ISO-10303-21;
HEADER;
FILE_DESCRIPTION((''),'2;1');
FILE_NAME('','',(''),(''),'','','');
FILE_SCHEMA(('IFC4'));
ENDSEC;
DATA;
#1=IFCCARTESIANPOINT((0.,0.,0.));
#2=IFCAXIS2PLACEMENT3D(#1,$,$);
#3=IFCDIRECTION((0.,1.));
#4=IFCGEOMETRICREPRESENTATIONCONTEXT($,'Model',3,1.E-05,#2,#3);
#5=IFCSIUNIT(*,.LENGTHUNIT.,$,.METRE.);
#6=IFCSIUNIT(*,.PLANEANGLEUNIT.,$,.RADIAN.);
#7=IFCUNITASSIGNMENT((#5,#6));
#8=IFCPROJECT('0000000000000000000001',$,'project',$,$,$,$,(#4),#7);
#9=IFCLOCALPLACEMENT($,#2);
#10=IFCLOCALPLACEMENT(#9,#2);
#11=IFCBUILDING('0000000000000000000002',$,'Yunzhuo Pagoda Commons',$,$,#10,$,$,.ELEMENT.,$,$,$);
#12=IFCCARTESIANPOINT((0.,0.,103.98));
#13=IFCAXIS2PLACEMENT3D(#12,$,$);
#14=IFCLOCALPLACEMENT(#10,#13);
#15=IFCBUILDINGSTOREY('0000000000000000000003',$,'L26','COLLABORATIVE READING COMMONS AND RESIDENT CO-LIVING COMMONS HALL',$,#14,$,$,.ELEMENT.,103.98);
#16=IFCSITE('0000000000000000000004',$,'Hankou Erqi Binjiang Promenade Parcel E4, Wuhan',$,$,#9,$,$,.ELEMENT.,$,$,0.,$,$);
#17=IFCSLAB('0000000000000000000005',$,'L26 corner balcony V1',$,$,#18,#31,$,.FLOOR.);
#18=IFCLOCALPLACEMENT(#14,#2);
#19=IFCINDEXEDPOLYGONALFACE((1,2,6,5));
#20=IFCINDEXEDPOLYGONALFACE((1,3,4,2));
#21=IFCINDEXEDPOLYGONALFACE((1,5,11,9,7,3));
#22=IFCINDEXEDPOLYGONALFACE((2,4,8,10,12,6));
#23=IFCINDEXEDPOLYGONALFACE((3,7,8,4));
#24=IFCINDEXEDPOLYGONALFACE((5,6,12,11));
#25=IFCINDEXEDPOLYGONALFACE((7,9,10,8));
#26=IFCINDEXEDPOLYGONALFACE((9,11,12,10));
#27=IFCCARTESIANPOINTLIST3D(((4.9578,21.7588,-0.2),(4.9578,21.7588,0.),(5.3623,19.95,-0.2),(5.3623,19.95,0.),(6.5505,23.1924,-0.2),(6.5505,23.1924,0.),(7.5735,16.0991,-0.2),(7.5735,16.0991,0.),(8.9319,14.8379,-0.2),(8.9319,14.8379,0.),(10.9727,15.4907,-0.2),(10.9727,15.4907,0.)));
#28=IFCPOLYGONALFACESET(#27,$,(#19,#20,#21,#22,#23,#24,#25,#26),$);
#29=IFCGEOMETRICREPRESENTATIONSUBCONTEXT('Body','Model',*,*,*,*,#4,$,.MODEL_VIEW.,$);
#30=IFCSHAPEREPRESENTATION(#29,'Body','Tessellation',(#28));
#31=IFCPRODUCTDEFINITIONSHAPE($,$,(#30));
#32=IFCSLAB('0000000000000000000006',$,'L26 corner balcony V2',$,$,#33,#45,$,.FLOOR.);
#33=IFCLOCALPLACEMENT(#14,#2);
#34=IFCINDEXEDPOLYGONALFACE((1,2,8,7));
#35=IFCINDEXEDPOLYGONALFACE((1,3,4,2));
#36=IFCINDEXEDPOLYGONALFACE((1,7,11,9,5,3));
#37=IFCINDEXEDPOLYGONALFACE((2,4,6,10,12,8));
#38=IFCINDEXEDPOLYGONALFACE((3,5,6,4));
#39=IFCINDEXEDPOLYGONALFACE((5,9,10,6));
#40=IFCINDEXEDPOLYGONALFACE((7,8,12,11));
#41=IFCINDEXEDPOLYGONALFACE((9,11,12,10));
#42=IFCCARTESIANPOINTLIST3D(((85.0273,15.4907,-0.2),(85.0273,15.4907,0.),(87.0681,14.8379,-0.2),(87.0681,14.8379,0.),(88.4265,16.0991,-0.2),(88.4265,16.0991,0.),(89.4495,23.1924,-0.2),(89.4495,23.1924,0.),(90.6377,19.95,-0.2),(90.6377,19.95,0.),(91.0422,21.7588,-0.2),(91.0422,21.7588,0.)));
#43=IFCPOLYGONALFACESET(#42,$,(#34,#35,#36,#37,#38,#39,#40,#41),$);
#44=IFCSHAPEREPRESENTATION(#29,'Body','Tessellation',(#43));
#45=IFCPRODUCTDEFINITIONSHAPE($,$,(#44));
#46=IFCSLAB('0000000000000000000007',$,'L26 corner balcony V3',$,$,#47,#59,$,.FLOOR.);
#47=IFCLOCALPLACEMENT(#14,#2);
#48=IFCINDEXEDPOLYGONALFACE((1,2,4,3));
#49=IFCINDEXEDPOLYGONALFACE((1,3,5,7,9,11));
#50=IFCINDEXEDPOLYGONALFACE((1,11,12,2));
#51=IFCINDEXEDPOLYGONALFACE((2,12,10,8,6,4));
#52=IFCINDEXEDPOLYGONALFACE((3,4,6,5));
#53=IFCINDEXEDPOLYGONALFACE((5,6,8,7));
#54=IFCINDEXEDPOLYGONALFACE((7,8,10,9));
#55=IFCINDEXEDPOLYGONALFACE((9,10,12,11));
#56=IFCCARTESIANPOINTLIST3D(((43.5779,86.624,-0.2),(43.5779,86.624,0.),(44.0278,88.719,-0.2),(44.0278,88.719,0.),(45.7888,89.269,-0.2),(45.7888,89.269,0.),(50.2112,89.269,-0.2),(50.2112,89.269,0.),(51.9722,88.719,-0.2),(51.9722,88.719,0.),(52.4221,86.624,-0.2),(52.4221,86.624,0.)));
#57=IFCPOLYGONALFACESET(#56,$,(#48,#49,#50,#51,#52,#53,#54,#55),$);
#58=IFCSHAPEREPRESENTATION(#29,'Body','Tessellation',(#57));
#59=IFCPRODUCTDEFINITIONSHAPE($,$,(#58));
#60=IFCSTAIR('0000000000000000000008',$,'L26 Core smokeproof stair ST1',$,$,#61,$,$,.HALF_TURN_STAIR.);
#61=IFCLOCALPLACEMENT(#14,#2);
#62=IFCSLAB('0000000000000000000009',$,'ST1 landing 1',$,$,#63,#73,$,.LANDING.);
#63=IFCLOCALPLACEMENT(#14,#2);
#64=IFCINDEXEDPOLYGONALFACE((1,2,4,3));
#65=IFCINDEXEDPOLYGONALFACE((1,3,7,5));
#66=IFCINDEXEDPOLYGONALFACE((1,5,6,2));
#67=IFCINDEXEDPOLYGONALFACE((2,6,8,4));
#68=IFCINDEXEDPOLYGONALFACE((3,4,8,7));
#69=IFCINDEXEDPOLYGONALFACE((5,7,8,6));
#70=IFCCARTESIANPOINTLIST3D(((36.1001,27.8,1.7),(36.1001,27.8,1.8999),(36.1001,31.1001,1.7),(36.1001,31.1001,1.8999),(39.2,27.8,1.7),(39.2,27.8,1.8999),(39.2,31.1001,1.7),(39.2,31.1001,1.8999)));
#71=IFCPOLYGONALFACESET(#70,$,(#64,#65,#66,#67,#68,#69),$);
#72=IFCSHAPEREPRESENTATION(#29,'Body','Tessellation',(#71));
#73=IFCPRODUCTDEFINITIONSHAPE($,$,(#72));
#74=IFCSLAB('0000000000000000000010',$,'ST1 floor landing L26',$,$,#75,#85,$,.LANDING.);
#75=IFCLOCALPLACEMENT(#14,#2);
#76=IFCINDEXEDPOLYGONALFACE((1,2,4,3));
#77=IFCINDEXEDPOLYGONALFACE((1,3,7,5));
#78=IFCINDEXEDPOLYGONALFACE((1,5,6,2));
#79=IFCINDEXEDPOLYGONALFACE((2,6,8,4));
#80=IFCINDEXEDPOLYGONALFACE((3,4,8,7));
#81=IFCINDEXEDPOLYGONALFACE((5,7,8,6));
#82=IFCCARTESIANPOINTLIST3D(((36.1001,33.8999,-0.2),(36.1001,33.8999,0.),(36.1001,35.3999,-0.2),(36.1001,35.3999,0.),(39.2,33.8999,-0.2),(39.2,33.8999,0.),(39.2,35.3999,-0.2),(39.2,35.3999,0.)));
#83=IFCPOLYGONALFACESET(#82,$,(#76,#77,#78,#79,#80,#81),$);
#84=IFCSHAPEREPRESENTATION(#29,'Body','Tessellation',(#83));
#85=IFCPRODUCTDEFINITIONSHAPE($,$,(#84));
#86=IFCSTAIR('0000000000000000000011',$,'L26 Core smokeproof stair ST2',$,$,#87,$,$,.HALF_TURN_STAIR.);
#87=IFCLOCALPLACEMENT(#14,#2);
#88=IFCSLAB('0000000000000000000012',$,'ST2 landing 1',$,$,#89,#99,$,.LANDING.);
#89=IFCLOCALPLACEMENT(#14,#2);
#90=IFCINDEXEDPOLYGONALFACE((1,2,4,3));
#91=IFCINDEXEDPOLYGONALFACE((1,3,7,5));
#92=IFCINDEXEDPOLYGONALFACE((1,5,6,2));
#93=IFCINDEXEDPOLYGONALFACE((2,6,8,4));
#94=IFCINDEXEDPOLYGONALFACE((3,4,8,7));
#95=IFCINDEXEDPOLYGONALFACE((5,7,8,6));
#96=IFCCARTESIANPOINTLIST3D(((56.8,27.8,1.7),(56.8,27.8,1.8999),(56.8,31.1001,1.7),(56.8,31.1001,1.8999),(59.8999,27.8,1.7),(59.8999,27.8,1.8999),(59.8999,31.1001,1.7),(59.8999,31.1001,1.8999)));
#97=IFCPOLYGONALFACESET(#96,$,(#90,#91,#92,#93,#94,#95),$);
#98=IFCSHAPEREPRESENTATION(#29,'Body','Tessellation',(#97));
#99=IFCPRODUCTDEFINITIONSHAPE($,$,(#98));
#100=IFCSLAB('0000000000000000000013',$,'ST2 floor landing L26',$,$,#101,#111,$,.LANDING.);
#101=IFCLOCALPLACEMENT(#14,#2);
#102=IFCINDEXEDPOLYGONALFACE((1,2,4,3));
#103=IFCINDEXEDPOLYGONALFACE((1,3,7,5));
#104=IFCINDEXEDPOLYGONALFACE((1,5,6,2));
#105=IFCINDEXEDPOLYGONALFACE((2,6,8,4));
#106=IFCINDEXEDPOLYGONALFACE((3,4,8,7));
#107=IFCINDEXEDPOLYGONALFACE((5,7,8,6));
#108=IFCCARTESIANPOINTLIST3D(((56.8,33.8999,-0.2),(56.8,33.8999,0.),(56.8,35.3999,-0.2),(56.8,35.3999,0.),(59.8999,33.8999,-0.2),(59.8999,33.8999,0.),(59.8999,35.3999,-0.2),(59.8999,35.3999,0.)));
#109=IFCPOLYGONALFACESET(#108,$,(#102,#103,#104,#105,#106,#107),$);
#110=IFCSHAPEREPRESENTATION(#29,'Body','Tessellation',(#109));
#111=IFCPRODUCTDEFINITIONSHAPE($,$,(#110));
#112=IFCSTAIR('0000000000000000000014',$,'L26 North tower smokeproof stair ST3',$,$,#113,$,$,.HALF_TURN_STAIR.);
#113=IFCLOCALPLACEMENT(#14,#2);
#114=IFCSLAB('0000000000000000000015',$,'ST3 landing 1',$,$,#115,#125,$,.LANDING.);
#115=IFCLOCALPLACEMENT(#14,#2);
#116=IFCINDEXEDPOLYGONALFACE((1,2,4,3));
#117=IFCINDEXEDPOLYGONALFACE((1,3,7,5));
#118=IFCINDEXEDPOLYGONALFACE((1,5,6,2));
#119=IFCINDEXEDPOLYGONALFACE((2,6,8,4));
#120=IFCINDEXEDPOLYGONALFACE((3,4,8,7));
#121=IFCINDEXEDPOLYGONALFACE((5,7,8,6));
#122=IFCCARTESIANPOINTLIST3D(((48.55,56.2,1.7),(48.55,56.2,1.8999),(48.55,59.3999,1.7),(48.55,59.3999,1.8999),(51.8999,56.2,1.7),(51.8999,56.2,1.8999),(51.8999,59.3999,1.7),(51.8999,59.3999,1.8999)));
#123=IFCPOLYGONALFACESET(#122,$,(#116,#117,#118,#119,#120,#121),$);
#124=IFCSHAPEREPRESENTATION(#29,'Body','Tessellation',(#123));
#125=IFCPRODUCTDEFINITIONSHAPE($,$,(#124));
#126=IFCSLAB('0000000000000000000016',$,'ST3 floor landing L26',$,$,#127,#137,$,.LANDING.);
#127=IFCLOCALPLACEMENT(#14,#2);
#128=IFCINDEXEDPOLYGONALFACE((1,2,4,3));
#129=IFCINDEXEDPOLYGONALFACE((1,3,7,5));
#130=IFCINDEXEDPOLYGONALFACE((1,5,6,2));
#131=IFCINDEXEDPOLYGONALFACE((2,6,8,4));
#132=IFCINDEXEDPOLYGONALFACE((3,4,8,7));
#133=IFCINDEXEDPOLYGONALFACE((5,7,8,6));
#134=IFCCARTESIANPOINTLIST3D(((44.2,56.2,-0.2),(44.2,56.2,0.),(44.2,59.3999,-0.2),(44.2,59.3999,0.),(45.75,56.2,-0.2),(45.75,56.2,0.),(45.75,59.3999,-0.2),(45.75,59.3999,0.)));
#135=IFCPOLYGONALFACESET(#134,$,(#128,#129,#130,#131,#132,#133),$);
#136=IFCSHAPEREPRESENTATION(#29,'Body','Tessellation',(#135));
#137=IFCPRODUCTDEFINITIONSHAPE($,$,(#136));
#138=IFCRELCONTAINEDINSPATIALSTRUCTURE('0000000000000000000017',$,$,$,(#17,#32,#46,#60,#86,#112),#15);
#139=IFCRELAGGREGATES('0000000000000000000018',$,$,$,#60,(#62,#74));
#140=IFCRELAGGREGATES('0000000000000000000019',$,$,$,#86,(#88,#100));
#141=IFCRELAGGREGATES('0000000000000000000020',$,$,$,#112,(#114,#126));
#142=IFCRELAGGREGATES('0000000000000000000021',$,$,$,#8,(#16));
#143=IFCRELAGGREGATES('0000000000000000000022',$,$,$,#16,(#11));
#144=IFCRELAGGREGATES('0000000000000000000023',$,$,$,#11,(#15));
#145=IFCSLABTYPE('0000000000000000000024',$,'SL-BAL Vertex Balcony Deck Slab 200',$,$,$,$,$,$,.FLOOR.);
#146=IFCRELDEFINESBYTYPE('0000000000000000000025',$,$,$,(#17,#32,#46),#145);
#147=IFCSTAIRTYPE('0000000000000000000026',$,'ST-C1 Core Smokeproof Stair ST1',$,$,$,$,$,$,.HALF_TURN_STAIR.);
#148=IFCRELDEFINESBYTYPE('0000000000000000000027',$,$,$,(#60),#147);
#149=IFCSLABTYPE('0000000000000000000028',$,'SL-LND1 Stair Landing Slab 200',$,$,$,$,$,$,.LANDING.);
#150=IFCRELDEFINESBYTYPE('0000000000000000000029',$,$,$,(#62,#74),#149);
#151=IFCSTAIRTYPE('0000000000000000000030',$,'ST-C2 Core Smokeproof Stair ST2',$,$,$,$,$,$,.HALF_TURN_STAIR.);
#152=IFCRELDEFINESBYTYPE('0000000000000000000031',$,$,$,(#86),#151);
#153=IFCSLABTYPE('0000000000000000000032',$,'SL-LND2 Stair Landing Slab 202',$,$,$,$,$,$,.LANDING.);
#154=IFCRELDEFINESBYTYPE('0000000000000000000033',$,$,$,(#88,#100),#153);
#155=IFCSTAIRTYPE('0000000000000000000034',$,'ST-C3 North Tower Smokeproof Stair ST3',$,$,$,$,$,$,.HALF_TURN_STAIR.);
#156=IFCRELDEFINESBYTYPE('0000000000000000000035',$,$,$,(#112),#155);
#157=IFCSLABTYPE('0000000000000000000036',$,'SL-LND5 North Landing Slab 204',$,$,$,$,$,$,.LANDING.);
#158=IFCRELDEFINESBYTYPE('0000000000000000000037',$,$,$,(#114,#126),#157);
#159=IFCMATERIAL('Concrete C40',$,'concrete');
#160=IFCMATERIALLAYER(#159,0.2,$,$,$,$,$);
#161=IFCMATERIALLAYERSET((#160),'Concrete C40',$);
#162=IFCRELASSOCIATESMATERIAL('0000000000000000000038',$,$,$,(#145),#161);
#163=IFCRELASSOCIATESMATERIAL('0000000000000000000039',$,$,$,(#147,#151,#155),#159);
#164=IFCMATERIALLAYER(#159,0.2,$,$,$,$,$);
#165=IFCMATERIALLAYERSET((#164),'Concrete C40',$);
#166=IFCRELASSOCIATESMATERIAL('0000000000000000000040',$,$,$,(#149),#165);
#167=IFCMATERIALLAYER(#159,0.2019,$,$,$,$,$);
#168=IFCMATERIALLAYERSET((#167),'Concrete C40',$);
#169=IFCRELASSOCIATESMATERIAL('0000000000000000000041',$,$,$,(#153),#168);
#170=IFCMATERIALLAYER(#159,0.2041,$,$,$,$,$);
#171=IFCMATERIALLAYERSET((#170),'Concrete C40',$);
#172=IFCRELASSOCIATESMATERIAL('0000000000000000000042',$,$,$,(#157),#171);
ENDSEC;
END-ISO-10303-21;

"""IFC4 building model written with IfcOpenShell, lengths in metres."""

from ifc_helpers import new_model, si_unit, direction, frame, origin, place, context, subcontext, project, spatial, polyline, outline, extrude, material, layer, layer_set, type_object, element, aggregate, save


model = new_model("IFC4")

# Units and contexts
model_context = context("Model", 3, precision=1e-05, world=origin(), true_north=direction((0.0, 1.0)))
body_context = subcontext(model_context, "Body", "Model", "MODEL_VIEW")
ifc_project = project(units=[si_unit("LENGTHUNIT", "METRE"), si_unit("PLANEANGLEUNIT", "RADIAN")], contexts=[model_context])

# Site, building, storey
site_placement = place(None, origin())
site = spatial("IfcSite", under=ifc_project, at=site_placement, Name="Hankou Erqi Binjiang Promenade Parcel E4, Wuhan", CompositionType="ELEMENT", RefElevation=0.0)
building_placement = place(site_placement, origin())
building = spatial("IfcBuilding", under=site, at=building_placement, Name="Yunzhuo Pagoda Commons", CompositionType="ELEMENT")
storey_placement = place(building_placement, frame((0.0, 0.0, 103.98)))
storey = spatial("IfcBuildingStorey", under=building, at=storey_placement, Name="L26", Description="COLLABORATIVE READING COMMONS AND RESIDENT CO-LIVING COMMONS HALL", CompositionType="ELEMENT", Elevation=103.98)

# Slabs
ifc_material_1 = material(Name="Concrete C40", Category="concrete")
ifc_layer_1 = layer(ifc_material_1, 0.2)
ifc_layer_set_1 = layer_set([ifc_layer_1], Name="Concrete C40")
slab_type_1 = type_object("IfcSlabType", Name="SL-BAL Vertex Balcony Deck Slab 200", PredefinedType="FLOOR", material=ifc_layer_set_1)
slab_1_placement = place(storey_placement, frame((0.0, 0.0, -0.2)))
element("IfcSlab", 1, at=slab_1_placement, inside=storey, type_object=slab_type_1, Name="L26 corner balcony V1", PredefinedType="FLOOR", context=body_context, shape_type="SweptSolid", body=[
    extrude(outline(polyline([(6.5505, 23.1924), (10.9727, 15.4907), (8.9319, 14.8379), (7.5735, 16.0991), (5.3623, 19.95), (4.9578, 21.7588), (6.5505, 23.1924)])), origin(), (0.0, 0.0, 1.0), 0.2),
])
slab_2_placement = place(storey_placement, frame((0.0, 0.0, -0.2)))
element("IfcSlab", 2, at=slab_2_placement, inside=storey, type_object=slab_type_1, Name="L26 corner balcony V2", PredefinedType="FLOOR", context=body_context, shape_type="SweptSolid", body=[
    extrude(outline(polyline([(85.0273, 15.4907), (89.4495, 23.1924), (91.0422, 21.7588), (90.6377, 19.95), (88.4265, 16.0991), (87.0681, 14.8379), (85.0273, 15.4907)])), origin(), (0.0, 0.0, 1.0), 0.2),
])
slab_3_placement = place(storey_placement, frame((0.0, 0.0, -0.2)))
element("IfcSlab", 3, at=slab_3_placement, inside=storey, type_object=slab_type_1, Name="L26 corner balcony V3", PredefinedType="FLOOR", context=body_context, shape_type="SweptSolid", body=[
    extrude(outline(polyline([(52.4221, 86.624), (43.5779, 86.624), (44.0278, 88.719), (45.7888, 89.269), (50.2112, 89.269), (51.9722, 88.719), (52.4221, 86.624)])), origin(), (0.0, 0.0, 1.0), 0.2),
])

# Stairs, slabs
stair_type_1 = type_object("IfcStairType", Name="ST-C1 Core Smokeproof Stair ST1", PredefinedType="HALF_TURN_STAIR", material=ifc_material_1)
stair_1_placement = place(storey_placement, origin())
stair_1 = element("IfcStair", 4, at=stair_1_placement, inside=storey, type_object=stair_type_1, Name="L26 Core smokeproof stair ST1", PredefinedType="HALF_TURN_STAIR")
ifc_layer_2 = layer(ifc_material_1, 0.2)
ifc_layer_set_2 = layer_set([ifc_layer_2], Name="Concrete C40")
slab_type_2 = type_object("IfcSlabType", Name="SL-LND1 Stair Landing Slab 200", PredefinedType="LANDING", material=ifc_layer_set_2)
slab_4_placement = place(storey_placement, frame((0.0, 0.0, 1.7)))
slab_4 = element("IfcSlab", 5, at=slab_4_placement, type_object=slab_type_2, Name="ST1 landing 1", PredefinedType="LANDING", context=body_context, shape_type="SweptSolid", body=[
    extrude(outline(polyline([(36.1001, 31.1001), (36.1001, 27.8), (39.2, 27.8), (39.2, 31.1001), (36.1001, 31.1001)])), origin(), (0.0, 0.0, 1.0), 0.2),
])
slab_5_placement = place(storey_placement, frame((0.0, 0.0, -0.2)))
slab_5 = element("IfcSlab", 6, at=slab_5_placement, type_object=slab_type_2, Name="ST1 floor landing L26", PredefinedType="LANDING", context=body_context, shape_type="SweptSolid", body=[
    extrude(outline(polyline([(36.1001, 35.3999), (36.1001, 33.8999), (39.2, 33.8999), (39.2, 35.3999), (36.1001, 35.3999)])), origin(), (0.0, 0.0, 1.0), 0.2),
])
aggregate(stair_1, [slab_4, slab_5])
stair_type_2 = type_object("IfcStairType", Name="ST-C2 Core Smokeproof Stair ST2", PredefinedType="HALF_TURN_STAIR", material=ifc_material_1)
stair_2_placement = place(storey_placement, origin())
stair_2 = element("IfcStair", 7, at=stair_2_placement, inside=storey, type_object=stair_type_2, Name="L26 Core smokeproof stair ST2", PredefinedType="HALF_TURN_STAIR")
ifc_layer_3 = layer(ifc_material_1, 0.2019)
ifc_layer_set_3 = layer_set([ifc_layer_3], Name="Concrete C40")
slab_type_3 = type_object("IfcSlabType", Name="SL-LND2 Stair Landing Slab 202", PredefinedType="LANDING", material=ifc_layer_set_3)
slab_6_placement = place(storey_placement, frame((0.0, 0.0, 1.7)))
slab_6 = element("IfcSlab", 8, at=slab_6_placement, type_object=slab_type_3, Name="ST2 landing 1", PredefinedType="LANDING", context=body_context, shape_type="SweptSolid", body=[
    extrude(outline(polyline([(56.8, 31.1001), (56.8, 27.8), (59.8999, 27.8), (59.8999, 31.1001), (56.8, 31.1001)])), origin(), (0.0, 0.0, 1.0), 0.2),
])
slab_7_placement = place(storey_placement, frame((0.0, 0.0, -0.2)))
slab_7 = element("IfcSlab", 9, at=slab_7_placement, type_object=slab_type_3, Name="ST2 floor landing L26", PredefinedType="LANDING", context=body_context, shape_type="SweptSolid", body=[
    extrude(outline(polyline([(56.8, 35.3999), (56.8, 33.8999), (59.8999, 33.8999), (59.8999, 35.3999), (56.8, 35.3999)])), origin(), (0.0, 0.0, 1.0), 0.2),
])
aggregate(stair_2, [slab_6, slab_7])
stair_type_3 = type_object("IfcStairType", Name="ST-C3 North Tower Smokeproof Stair ST3", PredefinedType="HALF_TURN_STAIR", material=ifc_material_1)
stair_3_placement = place(storey_placement, origin())
stair_3 = element("IfcStair", 10, at=stair_3_placement, inside=storey, type_object=stair_type_3, Name="L26 North tower smokeproof stair ST3", PredefinedType="HALF_TURN_STAIR")
ifc_layer_4 = layer(ifc_material_1, 0.2041)
ifc_layer_set_4 = layer_set([ifc_layer_4], Name="Concrete C40")
slab_type_4 = type_object("IfcSlabType", Name="SL-LND5 North Landing Slab 204", PredefinedType="LANDING", material=ifc_layer_set_4)
slab_8_placement = place(storey_placement, frame((0.0, 0.0, 1.7)))
slab_8 = element("IfcSlab", 11, at=slab_8_placement, type_object=slab_type_4, Name="ST3 landing 1", PredefinedType="LANDING", context=body_context, shape_type="SweptSolid", body=[
    extrude(outline(polyline([(48.55, 56.2), (51.8999, 56.2), (51.8999, 59.3999), (48.55, 59.3999), (48.55, 56.2)])), origin(), (0.0, 0.0, 1.0), 0.2),
])
slab_9_placement = place(storey_placement, frame((0.0, 0.0, -0.2)))
slab_9 = element("IfcSlab", 12, at=slab_9_placement, type_object=slab_type_4, Name="ST3 floor landing L26", PredefinedType="LANDING", context=body_context, shape_type="SweptSolid", body=[
    extrude(outline(polyline([(44.2, 56.2), (45.75, 56.2), (45.75, 59.3999), (44.2, 59.3999), (44.2, 56.2)])), origin(), (0.0, 0.0, 1.0), 0.2),
])
aggregate(stair_3, [slab_8, slab_9])

save(model, "model.ifc")
